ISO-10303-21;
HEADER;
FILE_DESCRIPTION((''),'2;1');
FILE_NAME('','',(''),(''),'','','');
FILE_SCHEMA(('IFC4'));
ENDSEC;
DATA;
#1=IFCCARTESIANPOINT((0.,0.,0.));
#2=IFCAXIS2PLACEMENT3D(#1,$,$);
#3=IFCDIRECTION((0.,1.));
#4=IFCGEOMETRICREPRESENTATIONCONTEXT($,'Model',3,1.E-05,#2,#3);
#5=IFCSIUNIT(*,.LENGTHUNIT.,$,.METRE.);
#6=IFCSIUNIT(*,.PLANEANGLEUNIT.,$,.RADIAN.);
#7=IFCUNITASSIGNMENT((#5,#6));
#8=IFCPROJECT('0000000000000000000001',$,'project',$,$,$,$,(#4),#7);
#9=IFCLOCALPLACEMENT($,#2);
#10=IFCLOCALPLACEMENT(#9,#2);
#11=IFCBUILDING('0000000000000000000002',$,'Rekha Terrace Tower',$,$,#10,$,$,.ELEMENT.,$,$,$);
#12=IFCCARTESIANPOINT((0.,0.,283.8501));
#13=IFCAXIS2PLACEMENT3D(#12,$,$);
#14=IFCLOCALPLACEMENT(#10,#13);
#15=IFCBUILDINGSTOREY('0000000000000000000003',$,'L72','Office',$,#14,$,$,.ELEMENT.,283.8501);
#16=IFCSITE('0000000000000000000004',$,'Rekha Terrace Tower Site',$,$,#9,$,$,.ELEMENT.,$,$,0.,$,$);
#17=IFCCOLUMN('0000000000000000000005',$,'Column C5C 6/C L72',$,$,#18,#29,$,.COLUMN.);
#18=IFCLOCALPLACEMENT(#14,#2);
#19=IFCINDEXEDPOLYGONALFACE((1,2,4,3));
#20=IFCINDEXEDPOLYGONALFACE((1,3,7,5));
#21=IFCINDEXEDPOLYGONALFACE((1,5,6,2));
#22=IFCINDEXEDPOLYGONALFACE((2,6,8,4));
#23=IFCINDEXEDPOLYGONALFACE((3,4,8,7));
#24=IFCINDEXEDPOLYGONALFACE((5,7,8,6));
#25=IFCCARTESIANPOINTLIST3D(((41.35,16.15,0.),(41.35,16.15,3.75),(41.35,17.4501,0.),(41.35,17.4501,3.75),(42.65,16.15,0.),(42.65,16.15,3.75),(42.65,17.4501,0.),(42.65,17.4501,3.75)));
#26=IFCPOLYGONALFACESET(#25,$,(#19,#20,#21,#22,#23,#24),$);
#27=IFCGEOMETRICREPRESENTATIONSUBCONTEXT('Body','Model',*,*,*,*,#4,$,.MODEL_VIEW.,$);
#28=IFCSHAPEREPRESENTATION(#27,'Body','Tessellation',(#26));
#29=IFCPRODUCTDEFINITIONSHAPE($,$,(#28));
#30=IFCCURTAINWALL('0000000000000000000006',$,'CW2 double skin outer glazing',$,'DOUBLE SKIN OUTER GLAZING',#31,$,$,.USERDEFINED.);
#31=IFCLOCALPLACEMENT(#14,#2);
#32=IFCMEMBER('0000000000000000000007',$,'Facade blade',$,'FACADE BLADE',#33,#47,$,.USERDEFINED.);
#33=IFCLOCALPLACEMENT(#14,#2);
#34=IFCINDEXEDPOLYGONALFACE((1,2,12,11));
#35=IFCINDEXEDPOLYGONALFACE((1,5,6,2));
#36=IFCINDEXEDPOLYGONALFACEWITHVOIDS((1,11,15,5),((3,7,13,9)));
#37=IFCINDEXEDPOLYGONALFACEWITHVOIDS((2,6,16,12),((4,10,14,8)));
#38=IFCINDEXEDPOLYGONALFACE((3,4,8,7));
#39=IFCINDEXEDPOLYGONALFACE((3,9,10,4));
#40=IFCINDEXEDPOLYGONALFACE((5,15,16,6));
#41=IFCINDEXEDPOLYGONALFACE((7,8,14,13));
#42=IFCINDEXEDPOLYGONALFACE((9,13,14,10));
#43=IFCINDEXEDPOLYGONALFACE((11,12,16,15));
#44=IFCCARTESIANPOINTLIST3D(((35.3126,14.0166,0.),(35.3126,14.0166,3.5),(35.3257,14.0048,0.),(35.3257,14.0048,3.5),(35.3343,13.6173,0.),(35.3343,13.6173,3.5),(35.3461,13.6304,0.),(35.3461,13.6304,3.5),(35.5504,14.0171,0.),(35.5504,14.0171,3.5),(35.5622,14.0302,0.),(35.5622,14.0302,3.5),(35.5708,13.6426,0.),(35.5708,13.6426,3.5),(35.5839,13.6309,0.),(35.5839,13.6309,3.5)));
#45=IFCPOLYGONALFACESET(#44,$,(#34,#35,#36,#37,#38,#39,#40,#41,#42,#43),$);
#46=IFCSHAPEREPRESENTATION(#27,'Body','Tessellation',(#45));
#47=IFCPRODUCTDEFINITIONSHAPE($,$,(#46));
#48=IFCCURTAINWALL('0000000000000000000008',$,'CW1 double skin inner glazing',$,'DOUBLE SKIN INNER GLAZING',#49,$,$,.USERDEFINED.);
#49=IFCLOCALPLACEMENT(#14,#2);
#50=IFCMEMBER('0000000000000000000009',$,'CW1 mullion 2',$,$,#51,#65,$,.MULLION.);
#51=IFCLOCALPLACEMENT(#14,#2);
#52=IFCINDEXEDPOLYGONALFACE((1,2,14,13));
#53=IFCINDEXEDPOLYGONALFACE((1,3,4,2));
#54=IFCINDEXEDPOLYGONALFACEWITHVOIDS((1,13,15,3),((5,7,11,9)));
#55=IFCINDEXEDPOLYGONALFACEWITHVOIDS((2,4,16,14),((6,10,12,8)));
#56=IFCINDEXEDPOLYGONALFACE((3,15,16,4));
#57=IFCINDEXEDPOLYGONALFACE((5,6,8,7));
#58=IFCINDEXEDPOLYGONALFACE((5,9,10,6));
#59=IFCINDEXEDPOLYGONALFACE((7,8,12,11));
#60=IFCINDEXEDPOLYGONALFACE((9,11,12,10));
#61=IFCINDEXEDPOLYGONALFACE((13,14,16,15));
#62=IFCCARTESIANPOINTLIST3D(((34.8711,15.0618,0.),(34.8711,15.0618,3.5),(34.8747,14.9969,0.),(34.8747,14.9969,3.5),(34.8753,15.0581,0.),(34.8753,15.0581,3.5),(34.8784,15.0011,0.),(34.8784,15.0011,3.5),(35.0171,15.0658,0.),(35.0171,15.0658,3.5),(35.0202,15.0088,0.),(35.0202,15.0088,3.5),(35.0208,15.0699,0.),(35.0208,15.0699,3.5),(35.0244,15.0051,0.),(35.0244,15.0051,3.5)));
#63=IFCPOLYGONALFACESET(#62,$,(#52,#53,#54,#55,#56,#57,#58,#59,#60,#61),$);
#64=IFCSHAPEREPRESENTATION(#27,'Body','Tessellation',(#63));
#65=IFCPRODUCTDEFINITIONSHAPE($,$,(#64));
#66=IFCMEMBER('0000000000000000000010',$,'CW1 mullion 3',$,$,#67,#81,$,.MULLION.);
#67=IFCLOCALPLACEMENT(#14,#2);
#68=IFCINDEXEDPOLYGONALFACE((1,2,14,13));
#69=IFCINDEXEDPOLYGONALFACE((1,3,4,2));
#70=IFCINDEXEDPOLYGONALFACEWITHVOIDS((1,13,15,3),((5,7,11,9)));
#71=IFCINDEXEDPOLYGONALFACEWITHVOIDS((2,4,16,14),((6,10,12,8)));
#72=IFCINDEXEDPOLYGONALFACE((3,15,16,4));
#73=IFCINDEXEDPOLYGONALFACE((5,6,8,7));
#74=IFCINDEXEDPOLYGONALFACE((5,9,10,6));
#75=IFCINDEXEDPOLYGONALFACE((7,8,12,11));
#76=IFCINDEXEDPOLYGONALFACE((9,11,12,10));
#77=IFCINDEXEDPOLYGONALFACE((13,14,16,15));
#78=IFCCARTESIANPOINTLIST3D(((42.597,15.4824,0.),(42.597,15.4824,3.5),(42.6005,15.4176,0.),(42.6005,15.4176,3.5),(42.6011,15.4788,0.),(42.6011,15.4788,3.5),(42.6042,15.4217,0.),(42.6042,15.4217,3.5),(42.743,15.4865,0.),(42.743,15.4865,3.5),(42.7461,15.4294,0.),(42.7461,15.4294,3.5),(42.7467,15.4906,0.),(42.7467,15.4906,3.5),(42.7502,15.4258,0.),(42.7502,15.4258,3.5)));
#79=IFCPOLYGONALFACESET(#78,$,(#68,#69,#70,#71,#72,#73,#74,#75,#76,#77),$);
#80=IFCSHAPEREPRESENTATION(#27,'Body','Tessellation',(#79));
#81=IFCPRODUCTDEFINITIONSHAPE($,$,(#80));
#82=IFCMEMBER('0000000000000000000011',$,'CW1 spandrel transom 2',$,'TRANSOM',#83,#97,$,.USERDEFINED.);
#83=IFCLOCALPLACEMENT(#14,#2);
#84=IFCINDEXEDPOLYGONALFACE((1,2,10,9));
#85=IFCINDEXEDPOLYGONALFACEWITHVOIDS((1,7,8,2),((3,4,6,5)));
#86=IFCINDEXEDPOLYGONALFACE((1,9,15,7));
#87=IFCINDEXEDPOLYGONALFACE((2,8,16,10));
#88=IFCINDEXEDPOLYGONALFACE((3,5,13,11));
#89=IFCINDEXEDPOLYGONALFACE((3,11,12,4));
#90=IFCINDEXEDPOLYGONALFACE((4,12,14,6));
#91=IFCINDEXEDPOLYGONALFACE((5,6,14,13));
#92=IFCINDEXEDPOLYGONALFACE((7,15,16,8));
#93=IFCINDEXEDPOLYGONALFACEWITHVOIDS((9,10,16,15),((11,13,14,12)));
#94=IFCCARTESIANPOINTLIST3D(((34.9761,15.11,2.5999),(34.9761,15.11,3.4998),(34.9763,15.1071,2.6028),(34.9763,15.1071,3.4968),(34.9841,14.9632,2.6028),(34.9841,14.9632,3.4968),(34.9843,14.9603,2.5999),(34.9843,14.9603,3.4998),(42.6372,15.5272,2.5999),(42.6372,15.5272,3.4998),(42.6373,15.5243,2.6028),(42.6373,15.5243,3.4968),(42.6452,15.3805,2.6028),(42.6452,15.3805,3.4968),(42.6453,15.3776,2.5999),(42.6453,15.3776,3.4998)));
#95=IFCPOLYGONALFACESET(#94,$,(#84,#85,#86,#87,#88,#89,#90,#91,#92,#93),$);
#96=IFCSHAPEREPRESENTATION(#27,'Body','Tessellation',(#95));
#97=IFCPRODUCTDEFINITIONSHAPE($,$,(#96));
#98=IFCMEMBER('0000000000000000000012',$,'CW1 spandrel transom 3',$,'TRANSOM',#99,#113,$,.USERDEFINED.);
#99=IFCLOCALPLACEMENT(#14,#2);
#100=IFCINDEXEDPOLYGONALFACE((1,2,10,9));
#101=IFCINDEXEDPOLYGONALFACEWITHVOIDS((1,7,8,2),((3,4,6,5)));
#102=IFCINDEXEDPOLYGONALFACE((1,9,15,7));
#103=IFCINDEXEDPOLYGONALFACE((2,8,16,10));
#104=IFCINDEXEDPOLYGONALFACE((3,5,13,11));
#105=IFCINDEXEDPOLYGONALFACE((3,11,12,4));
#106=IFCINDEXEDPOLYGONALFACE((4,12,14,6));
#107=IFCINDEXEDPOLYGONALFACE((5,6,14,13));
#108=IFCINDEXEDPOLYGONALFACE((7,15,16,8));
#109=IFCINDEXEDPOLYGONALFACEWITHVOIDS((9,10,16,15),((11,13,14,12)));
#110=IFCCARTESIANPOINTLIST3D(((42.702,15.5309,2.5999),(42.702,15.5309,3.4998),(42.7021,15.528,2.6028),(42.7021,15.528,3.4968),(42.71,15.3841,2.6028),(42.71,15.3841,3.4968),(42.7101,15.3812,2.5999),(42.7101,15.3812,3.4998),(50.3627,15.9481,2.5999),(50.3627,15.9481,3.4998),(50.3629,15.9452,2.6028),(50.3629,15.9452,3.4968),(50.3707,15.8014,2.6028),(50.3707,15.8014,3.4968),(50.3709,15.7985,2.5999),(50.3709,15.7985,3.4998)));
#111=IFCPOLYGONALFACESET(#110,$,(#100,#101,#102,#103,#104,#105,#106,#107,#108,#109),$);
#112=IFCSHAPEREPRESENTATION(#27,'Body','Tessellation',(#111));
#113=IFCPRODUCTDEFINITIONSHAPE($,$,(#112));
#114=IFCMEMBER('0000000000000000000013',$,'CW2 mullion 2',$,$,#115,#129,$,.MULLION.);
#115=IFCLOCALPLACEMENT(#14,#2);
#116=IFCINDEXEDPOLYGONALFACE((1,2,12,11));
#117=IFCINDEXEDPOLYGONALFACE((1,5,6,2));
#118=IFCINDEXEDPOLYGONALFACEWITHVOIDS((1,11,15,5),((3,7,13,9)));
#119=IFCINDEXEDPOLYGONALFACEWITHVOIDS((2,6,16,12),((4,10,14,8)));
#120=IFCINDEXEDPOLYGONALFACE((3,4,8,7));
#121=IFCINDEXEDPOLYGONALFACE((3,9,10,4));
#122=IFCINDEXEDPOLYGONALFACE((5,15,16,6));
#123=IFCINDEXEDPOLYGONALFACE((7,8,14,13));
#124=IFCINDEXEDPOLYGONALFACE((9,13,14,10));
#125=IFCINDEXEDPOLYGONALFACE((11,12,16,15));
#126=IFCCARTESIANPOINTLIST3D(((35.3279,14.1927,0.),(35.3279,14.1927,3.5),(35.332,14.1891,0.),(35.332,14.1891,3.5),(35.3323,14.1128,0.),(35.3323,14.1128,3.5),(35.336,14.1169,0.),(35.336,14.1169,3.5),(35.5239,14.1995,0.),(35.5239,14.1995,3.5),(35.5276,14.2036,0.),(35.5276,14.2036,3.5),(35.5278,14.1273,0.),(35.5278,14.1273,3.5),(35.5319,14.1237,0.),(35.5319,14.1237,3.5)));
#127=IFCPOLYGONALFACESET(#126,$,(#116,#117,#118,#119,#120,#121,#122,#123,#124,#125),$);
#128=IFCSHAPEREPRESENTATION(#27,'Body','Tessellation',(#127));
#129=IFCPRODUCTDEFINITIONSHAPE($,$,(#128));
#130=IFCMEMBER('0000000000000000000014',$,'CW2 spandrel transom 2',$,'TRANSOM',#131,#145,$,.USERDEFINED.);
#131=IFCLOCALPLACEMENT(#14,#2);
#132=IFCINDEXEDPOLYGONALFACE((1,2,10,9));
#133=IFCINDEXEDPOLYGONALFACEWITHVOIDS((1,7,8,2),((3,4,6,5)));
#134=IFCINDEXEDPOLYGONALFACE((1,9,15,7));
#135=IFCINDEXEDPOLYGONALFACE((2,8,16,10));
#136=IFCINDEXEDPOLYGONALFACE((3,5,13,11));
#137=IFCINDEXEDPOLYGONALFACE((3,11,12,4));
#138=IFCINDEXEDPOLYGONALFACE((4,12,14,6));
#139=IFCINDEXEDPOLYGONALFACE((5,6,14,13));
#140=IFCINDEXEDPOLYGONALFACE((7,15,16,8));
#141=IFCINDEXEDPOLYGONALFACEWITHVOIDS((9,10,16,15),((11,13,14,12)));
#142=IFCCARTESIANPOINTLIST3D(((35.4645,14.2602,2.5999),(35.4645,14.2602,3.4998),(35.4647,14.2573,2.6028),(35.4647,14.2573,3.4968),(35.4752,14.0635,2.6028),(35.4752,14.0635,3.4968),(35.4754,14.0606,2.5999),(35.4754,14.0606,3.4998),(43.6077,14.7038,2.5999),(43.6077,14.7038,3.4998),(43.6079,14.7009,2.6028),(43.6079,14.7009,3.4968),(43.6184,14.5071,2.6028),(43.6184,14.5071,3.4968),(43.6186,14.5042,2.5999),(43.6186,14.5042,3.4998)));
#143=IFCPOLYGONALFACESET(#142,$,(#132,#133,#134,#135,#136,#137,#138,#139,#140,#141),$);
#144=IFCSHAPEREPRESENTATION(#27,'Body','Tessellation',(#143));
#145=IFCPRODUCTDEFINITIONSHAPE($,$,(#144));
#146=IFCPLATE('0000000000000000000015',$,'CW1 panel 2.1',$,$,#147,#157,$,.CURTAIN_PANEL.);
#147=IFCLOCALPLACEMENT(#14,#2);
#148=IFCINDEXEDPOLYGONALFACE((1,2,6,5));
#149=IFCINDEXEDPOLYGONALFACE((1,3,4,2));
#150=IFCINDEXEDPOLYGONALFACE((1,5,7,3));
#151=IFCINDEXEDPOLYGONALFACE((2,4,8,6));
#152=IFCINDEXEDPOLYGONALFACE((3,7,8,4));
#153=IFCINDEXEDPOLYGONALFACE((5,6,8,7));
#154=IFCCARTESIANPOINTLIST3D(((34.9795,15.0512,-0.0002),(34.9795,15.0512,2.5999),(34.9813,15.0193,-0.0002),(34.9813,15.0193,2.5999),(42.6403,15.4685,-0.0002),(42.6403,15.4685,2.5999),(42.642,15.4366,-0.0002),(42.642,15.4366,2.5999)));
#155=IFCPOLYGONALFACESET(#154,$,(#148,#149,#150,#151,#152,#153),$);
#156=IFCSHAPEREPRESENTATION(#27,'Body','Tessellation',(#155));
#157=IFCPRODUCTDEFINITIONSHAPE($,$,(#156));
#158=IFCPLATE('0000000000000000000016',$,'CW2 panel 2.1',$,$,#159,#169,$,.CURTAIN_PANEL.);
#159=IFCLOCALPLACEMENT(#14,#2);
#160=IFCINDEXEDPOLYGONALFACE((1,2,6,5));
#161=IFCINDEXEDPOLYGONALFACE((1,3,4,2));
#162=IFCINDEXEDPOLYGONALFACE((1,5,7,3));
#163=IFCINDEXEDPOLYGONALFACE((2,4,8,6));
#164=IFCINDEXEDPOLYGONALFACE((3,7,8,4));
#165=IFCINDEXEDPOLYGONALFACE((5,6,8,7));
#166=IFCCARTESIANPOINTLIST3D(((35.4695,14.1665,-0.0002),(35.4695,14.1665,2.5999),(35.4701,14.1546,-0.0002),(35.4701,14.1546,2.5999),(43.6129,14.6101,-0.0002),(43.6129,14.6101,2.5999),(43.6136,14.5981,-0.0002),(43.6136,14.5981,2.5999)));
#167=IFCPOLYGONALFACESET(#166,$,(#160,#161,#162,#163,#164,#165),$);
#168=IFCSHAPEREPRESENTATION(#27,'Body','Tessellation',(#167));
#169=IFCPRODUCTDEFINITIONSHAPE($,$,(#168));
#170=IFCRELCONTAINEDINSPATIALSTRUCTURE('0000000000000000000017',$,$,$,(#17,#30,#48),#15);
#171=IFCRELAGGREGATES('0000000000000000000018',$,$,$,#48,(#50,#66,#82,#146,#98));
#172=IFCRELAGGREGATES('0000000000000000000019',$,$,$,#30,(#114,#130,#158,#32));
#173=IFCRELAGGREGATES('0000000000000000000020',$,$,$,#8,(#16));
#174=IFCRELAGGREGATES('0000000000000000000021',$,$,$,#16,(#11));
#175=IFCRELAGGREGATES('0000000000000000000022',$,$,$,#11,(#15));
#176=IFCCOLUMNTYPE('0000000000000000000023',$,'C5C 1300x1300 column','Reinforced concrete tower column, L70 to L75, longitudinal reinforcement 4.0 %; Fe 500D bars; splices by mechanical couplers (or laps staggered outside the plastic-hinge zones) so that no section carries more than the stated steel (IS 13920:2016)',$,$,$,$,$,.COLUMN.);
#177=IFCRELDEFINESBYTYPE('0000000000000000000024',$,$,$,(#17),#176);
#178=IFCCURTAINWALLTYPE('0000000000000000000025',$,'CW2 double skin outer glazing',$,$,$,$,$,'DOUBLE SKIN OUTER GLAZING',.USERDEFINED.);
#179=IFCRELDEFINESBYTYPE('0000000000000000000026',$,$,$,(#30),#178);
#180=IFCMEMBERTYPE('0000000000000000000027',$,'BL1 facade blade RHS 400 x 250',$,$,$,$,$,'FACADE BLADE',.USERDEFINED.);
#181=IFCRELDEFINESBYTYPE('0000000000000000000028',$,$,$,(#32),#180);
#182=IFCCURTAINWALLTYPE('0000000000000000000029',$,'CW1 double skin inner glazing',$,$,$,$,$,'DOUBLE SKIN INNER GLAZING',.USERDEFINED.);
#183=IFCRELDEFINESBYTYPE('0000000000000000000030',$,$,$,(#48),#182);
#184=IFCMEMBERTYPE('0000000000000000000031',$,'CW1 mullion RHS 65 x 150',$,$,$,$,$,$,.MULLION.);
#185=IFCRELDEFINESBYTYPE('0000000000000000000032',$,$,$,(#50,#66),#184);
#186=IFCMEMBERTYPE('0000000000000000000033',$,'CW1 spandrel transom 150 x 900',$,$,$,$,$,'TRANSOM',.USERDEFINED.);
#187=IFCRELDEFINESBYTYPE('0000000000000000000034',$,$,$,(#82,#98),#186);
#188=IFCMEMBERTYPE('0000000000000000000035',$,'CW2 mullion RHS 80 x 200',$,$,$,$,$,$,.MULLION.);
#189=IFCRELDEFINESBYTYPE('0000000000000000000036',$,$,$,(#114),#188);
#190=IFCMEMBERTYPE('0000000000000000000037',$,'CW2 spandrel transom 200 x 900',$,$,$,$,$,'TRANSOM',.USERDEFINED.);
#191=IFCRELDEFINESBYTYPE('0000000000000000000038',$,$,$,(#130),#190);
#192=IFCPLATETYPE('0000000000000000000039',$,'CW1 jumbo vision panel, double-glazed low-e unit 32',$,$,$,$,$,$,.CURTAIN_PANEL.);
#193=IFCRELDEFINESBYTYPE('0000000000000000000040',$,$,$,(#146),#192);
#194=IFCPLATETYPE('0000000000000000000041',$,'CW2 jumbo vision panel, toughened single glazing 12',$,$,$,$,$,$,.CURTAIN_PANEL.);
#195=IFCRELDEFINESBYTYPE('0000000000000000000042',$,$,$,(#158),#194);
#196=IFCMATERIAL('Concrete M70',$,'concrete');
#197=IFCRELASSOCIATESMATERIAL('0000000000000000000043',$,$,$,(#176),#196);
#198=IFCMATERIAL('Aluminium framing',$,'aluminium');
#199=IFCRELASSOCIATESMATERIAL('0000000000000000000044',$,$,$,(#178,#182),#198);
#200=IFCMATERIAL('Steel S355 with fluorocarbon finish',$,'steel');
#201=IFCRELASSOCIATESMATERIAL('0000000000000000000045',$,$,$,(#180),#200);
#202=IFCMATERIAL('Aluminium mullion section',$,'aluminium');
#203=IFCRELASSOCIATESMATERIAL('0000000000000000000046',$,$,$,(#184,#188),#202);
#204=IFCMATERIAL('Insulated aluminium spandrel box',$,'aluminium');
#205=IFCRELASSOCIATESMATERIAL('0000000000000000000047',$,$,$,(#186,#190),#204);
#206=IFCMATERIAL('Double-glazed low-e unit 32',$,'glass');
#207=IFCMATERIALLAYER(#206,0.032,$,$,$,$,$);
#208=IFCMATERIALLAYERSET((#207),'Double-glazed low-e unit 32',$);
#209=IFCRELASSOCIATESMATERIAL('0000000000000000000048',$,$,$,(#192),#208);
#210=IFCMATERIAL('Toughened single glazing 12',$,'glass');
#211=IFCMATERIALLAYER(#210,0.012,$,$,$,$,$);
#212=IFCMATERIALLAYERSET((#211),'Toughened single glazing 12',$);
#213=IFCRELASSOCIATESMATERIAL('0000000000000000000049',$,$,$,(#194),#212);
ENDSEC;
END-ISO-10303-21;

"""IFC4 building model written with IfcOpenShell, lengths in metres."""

from ifc_helpers import new_model, si_unit, direction, frame, origin, origin_2d, place, context, subcontext, project, spatial, rectangle, hollow_rectangle, extrude, material, layer, layer_set, material_profile, profile_set, type_object, element, aggregate, save


model = new_model("IFC4")

# Units and contexts
model_context = context("Model", 3, precision=1e-05, world=origin(), true_north=direction((0.0, 1.0)))
body_context = subcontext(model_context, "Body", "Model", "MODEL_VIEW")
ifc_project = project(units=[si_unit("LENGTHUNIT", "METRE"), si_unit("PLANEANGLEUNIT", "RADIAN")], contexts=[model_context])

# Site, building, storey
site_placement = place(None, origin())
site = spatial("IfcSite", under=ifc_project, at=site_placement, Name="Rekha Terrace Tower Site", CompositionType="ELEMENT", RefElevation=0.0)
building_placement = place(site_placement, origin())
building = spatial("IfcBuilding", under=site, at=building_placement, Name="Rekha Terrace Tower", CompositionType="ELEMENT")
storey_placement = place(building_placement, frame((0.0, 0.0, 283.8501)))
storey = spatial("IfcBuildingStorey", under=building, at=storey_placement, Name="L72", Description="Office", CompositionType="ELEMENT", Elevation=283.8501)

# Column
ifc_material_1 = material(Name="Concrete M70", Category="concrete")
ifc_material_profile_1 = material_profile(ifc_material_1, rectangle(XDim=1.3, YDim=1.3, at=origin_2d()), Name="RC 1300x1300")
ifc_profile_set_1 = profile_set([ifc_material_profile_1], Name="Concrete M70")
column_type = type_object("IfcColumnType", Name="C5C 1300x1300 column", Description="Reinforced concrete tower column, L70 to L75, longitudinal reinforcement 4.0 %; Fe 500D bars; splices by mechanical couplers (or laps staggered outside the plastic-hinge zones) so that no section carries more than the stated steel (IS 13920:2016)", PredefinedType="COLUMN", material=ifc_profile_set_1)
column_placement = place(storey_placement, frame((42.0, 16.8, 0.0), z_axis=(0.0, 0.0, 1.0), x_axis=(1.0, 0.0, 0.0)))
element("IfcColumn", 1, at=column_placement, inside=storey, type_object=column_type, Name="Column C5C 6/C L72", PredefinedType="COLUMN", context=body_context, shape_type="SweptSolid", body=[
    extrude(rectangle(XDim=1.3, YDim=1.3, at=origin_2d()), origin(), (0.0, 0.0, 1.0), 3.75),
])

# Curtain wall, member
ifc_material_2 = material(Name="Aluminium framing", Category="aluminium")
curtain_wall_type_1 = type_object("IfcCurtainWallType", Name="CW2 double skin outer glazing", ElementType="DOUBLE SKIN OUTER GLAZING", PredefinedType="USERDEFINED", material=ifc_material_2)
curtain_wall_1_placement = place(storey_placement, origin())
curtain_wall_1 = element("IfcCurtainWall", 2, at=curtain_wall_1_placement, inside=storey, type_object=curtain_wall_type_1, Name="CW2 double skin outer glazing", ObjectType="DOUBLE SKIN OUTER GLAZING", PredefinedType="USERDEFINED")
ifc_material_3 = material(Name="Steel S355 with fluorocarbon finish", Category="steel")
ifc_material_profile_2 = material_profile(ifc_material_3, hollow_rectangle(XDim=0.25, YDim=0.3999, WallThickness=0.0125, at=origin_2d()), Name="RHS400x250x12.5")
ifc_profile_set_2 = profile_set([ifc_material_profile_2], Name="Steel S355 with fluorocarbon finish")
member_type_1 = type_object("IfcMemberType", Name="BL1 facade blade RHS 400 x 250", ElementType="FACADE BLADE", PredefinedType="USERDEFINED", material=ifc_profile_set_2)
member_1_placement = place(storey_placement, frame((35.4482, 13.8237, 0.0), z_axis=(0.0, 0.0, 1.0), x_axis=(0.99852, 0.054389, 0.0)))
member_1 = element("IfcMember", 3, at=member_1_placement, type_object=member_type_1, Name="Facade blade", ObjectType="FACADE BLADE", PredefinedType="USERDEFINED", context=body_context, shape_type="SweptSolid", body=[
    extrude(hollow_rectangle(XDim=0.25, YDim=0.3999, WallThickness=0.0125, at=origin_2d()), origin(), (0.0, 0.0, 1.0), 3.5),
])

# Curtain wall, members
curtain_wall_type_2 = type_object("IfcCurtainWallType", Name="CW1 double skin inner glazing", ElementType="DOUBLE SKIN INNER GLAZING", PredefinedType="USERDEFINED", material=ifc_material_2)
curtain_wall_2_placement = place(storey_placement, origin())
curtain_wall_2 = element("IfcCurtainWall", 4, at=curtain_wall_2_placement, inside=storey, type_object=curtain_wall_type_2, Name="CW1 double skin inner glazing", ObjectType="DOUBLE SKIN INNER GLAZING", PredefinedType="USERDEFINED")
ifc_material_4 = material(Name="Aluminium mullion section", Category="aluminium")
ifc_material_profile_3 = material_profile(ifc_material_4, hollow_rectangle(XDim=0.0649, YDim=0.1499, WallThickness=0.0039, at=origin_2d()), Name="AL RHS 65x150")
ifc_profile_set_3 = profile_set([ifc_material_profile_3], Name="Aluminium mullion section")
member_type_2 = type_object("IfcMemberType", Name="CW1 mullion RHS 65 x 150", PredefinedType="MULLION", material=ifc_profile_set_3)
member_2_placement = place(storey_placement, frame((34.9478, 15.0334, 0.0), z_axis=(0.0, 0.0, 1.0), x_axis=(-0.054389, 0.99852, 0.0)))
member_2 = element("IfcMember", 5, at=member_2_placement, type_object=member_type_2, Name="CW1 mullion 2", PredefinedType="MULLION", context=body_context, shape_type="SweptSolid", body=[
    extrude(hollow_rectangle(XDim=0.0649, YDim=0.1499, WallThickness=0.0039, at=origin_2d()), origin(), (0.0, 0.0, 1.0), 3.5),
])
member_3_placement = place(storey_placement, frame((42.6736, 15.4541, 0.0), z_axis=(0.0, 0.0, 1.0), x_axis=(-0.054389, 0.99852, 0.0)))
member_3 = element("IfcMember", 6, at=member_3_placement, type_object=member_type_2, Name="CW1 mullion 3", PredefinedType="MULLION", context=body_context, shape_type="SweptSolid", body=[
    extrude(hollow_rectangle(XDim=0.0649, YDim=0.1499, WallThickness=0.0039, at=origin_2d()), origin(), (0.0, 0.0, 1.0), 3.5),
])
ifc_material_5 = material(Name="Insulated aluminium spandrel box", Category="aluminium")
ifc_material_profile_4 = material_profile(ifc_material_5, hollow_rectangle(XDim=0.1499, YDim=0.8999, WallThickness=0.0029, at=origin_2d()), Name="AL SPANDREL BOX 150x900")
ifc_profile_set_4 = profile_set([ifc_material_profile_4], Name="Insulated aluminium spandrel box")
member_type_3 = type_object("IfcMemberType", Name="CW1 spandrel transom 150 x 900", ElementType="TRANSOM", PredefinedType="USERDEFINED", material=ifc_profile_set_4)
member_4_placement = place(storey_placement, frame((34.9802, 15.0352, 3.0498), z_axis=(0.99852, 0.054383, 0.0), x_axis=(-0.054383, 0.99852, 0.0)))
member_4 = element("IfcMember", 7, at=member_4_placement, type_object=member_type_3, Name="CW1 spandrel transom 2", ObjectType="TRANSOM", PredefinedType="USERDEFINED", context=body_context, shape_type="SweptSolid", body=[
    extrude(hollow_rectangle(XDim=0.1499, YDim=0.8999, WallThickness=0.0029, at=origin_2d()), origin(), (0.0, 0.0, 1.0), 7.6724),
])
member_5_placement = place(storey_placement, frame((42.7061, 15.4561, 3.0498), z_axis=(0.99852, 0.054384, 0.0), x_axis=(-0.054384, 0.99852, 0.0)))
member_5 = element("IfcMember", 8, at=member_5_placement, type_object=member_type_3, Name="CW1 spandrel transom 3", ObjectType="TRANSOM", PredefinedType="USERDEFINED", context=body_context, shape_type="SweptSolid", body=[
    extrude(hollow_rectangle(XDim=0.1499, YDim=0.8999, WallThickness=0.0029, at=origin_2d()), origin(), (0.0, 0.0, 1.0), 7.6721),
])

# Members
ifc_material_profile_5 = material_profile(ifc_material_4, hollow_rectangle(XDim=0.0801, YDim=0.2, WallThickness=0.0039, at=origin_2d()), Name="AL RHS 80x200")
ifc_profile_set_5 = profile_set([ifc_material_profile_5], Name="Aluminium mullion section")
member_type_4 = type_object("IfcMemberType", Name="CW2 mullion RHS 80 x 200", PredefinedType="MULLION", material=ifc_profile_set_5)
member_6_placement = place(storey_placement, frame((35.4299, 14.1582, 0.0), z_axis=(0.0, 0.0, 1.0), x_axis=(-0.054389, 0.99852, 0.0)))
member_6 = element("IfcMember", 9, at=member_6_placement, type_object=member_type_4, Name="CW2 mullion 2", PredefinedType="MULLION", context=body_context, shape_type="SweptSolid", body=[
    extrude(hollow_rectangle(XDim=0.0801, YDim=0.2, WallThickness=0.0039, at=origin_2d()), origin(), (0.0, 0.0, 1.0), 3.5),
])
ifc_material_profile_6 = material_profile(ifc_material_5, hollow_rectangle(XDim=0.2, YDim=0.8999, WallThickness=0.0029, at=origin_2d()), Name="AL SPANDREL BOX 200x900")
ifc_profile_set_6 = profile_set([ifc_material_profile_6], Name="Insulated aluminium spandrel box")
member_type_5 = type_object("IfcMemberType", Name="CW2 spandrel transom 200 x 900", ElementType="TRANSOM", PredefinedType="USERDEFINED", material=ifc_profile_set_6)
member_7_placement = place(storey_placement, frame((35.47, 14.1604, 3.0498), z_axis=(0.99852, 0.054394, 0.0), x_axis=(-0.054394, 0.99852, 0.0)))
member_7 = element("IfcMember", 10, at=member_7_placement, type_object=member_type_5, Name="CW2 spandrel transom 2", ObjectType="TRANSOM", PredefinedType="USERDEFINED", context=body_context, shape_type="SweptSolid", body=[
    extrude(hollow_rectangle(XDim=0.2, YDim=0.8999, WallThickness=0.0029, at=origin_2d()), origin(), (0.0, 0.0, 1.0), 8.1553),
])

# Plates
ifc_material_6 = material(Name="Double-glazed low-e unit 32", Category="glass")
ifc_layer_1 = layer(ifc_material_6, 0.032)
ifc_layer_set_1 = layer_set([ifc_layer_1], Name="Double-glazed low-e unit 32")
plate_type_1 = type_object("IfcPlateType", Name="CW1 jumbo vision panel, double-glazed low-e unit 32", PredefinedType="CURTAIN_PANEL", material=ifc_layer_set_1)
plate_1_placement = place(storey_placement, frame((38.8108, 15.2439, -0.0002), z_axis=(0.0, 0.0, 1.0), x_axis=(0.99852, 0.054389, 0.0)))
plate_1 = element("IfcPlate", 11, at=plate_1_placement, type_object=plate_type_1, Name="CW1 panel 2.1", PredefinedType="CURTAIN_PANEL", context=body_context, shape_type="SweptSolid", body=[
    extrude(rectangle(XDim=7.6721, YDim=0.032, at=origin_2d()), origin(), (0.0, 0.0, 1.0), 2.6001),
])
aggregate(curtain_wall_2, [member_2, member_3, member_4, plate_1, member_5])
ifc_material_7 = material(Name="Toughened single glazing 12", Category="glass")
ifc_layer_2 = layer(ifc_material_7, 0.012)
ifc_layer_set_2 = layer_set([ifc_layer_2], Name="Toughened single glazing 12")
plate_type_2 = type_object("IfcPlateType", Name="CW2 jumbo vision panel, toughened single glazing 12", PredefinedType="CURTAIN_PANEL", material=ifc_layer_set_2)
plate_2_placement = place(storey_placement, frame((39.5415, 14.3823, -0.0002), z_axis=(0.0, 0.0, 1.0), x_axis=(0.99852, 0.054389, 0.0)))
plate_2 = element("IfcPlate", 12, at=plate_2_placement, type_object=plate_type_2, Name="CW2 panel 2.1", PredefinedType="CURTAIN_PANEL", context=body_context, shape_type="SweptSolid", body=[
    extrude(rectangle(XDim=8.1555, YDim=0.012, at=origin_2d()), origin(), (0.0, 0.0, 1.0), 2.6001),
])
aggregate(curtain_wall_1, [member_6, member_7, plate_2, member_1])

save(model, "model.ifc")
